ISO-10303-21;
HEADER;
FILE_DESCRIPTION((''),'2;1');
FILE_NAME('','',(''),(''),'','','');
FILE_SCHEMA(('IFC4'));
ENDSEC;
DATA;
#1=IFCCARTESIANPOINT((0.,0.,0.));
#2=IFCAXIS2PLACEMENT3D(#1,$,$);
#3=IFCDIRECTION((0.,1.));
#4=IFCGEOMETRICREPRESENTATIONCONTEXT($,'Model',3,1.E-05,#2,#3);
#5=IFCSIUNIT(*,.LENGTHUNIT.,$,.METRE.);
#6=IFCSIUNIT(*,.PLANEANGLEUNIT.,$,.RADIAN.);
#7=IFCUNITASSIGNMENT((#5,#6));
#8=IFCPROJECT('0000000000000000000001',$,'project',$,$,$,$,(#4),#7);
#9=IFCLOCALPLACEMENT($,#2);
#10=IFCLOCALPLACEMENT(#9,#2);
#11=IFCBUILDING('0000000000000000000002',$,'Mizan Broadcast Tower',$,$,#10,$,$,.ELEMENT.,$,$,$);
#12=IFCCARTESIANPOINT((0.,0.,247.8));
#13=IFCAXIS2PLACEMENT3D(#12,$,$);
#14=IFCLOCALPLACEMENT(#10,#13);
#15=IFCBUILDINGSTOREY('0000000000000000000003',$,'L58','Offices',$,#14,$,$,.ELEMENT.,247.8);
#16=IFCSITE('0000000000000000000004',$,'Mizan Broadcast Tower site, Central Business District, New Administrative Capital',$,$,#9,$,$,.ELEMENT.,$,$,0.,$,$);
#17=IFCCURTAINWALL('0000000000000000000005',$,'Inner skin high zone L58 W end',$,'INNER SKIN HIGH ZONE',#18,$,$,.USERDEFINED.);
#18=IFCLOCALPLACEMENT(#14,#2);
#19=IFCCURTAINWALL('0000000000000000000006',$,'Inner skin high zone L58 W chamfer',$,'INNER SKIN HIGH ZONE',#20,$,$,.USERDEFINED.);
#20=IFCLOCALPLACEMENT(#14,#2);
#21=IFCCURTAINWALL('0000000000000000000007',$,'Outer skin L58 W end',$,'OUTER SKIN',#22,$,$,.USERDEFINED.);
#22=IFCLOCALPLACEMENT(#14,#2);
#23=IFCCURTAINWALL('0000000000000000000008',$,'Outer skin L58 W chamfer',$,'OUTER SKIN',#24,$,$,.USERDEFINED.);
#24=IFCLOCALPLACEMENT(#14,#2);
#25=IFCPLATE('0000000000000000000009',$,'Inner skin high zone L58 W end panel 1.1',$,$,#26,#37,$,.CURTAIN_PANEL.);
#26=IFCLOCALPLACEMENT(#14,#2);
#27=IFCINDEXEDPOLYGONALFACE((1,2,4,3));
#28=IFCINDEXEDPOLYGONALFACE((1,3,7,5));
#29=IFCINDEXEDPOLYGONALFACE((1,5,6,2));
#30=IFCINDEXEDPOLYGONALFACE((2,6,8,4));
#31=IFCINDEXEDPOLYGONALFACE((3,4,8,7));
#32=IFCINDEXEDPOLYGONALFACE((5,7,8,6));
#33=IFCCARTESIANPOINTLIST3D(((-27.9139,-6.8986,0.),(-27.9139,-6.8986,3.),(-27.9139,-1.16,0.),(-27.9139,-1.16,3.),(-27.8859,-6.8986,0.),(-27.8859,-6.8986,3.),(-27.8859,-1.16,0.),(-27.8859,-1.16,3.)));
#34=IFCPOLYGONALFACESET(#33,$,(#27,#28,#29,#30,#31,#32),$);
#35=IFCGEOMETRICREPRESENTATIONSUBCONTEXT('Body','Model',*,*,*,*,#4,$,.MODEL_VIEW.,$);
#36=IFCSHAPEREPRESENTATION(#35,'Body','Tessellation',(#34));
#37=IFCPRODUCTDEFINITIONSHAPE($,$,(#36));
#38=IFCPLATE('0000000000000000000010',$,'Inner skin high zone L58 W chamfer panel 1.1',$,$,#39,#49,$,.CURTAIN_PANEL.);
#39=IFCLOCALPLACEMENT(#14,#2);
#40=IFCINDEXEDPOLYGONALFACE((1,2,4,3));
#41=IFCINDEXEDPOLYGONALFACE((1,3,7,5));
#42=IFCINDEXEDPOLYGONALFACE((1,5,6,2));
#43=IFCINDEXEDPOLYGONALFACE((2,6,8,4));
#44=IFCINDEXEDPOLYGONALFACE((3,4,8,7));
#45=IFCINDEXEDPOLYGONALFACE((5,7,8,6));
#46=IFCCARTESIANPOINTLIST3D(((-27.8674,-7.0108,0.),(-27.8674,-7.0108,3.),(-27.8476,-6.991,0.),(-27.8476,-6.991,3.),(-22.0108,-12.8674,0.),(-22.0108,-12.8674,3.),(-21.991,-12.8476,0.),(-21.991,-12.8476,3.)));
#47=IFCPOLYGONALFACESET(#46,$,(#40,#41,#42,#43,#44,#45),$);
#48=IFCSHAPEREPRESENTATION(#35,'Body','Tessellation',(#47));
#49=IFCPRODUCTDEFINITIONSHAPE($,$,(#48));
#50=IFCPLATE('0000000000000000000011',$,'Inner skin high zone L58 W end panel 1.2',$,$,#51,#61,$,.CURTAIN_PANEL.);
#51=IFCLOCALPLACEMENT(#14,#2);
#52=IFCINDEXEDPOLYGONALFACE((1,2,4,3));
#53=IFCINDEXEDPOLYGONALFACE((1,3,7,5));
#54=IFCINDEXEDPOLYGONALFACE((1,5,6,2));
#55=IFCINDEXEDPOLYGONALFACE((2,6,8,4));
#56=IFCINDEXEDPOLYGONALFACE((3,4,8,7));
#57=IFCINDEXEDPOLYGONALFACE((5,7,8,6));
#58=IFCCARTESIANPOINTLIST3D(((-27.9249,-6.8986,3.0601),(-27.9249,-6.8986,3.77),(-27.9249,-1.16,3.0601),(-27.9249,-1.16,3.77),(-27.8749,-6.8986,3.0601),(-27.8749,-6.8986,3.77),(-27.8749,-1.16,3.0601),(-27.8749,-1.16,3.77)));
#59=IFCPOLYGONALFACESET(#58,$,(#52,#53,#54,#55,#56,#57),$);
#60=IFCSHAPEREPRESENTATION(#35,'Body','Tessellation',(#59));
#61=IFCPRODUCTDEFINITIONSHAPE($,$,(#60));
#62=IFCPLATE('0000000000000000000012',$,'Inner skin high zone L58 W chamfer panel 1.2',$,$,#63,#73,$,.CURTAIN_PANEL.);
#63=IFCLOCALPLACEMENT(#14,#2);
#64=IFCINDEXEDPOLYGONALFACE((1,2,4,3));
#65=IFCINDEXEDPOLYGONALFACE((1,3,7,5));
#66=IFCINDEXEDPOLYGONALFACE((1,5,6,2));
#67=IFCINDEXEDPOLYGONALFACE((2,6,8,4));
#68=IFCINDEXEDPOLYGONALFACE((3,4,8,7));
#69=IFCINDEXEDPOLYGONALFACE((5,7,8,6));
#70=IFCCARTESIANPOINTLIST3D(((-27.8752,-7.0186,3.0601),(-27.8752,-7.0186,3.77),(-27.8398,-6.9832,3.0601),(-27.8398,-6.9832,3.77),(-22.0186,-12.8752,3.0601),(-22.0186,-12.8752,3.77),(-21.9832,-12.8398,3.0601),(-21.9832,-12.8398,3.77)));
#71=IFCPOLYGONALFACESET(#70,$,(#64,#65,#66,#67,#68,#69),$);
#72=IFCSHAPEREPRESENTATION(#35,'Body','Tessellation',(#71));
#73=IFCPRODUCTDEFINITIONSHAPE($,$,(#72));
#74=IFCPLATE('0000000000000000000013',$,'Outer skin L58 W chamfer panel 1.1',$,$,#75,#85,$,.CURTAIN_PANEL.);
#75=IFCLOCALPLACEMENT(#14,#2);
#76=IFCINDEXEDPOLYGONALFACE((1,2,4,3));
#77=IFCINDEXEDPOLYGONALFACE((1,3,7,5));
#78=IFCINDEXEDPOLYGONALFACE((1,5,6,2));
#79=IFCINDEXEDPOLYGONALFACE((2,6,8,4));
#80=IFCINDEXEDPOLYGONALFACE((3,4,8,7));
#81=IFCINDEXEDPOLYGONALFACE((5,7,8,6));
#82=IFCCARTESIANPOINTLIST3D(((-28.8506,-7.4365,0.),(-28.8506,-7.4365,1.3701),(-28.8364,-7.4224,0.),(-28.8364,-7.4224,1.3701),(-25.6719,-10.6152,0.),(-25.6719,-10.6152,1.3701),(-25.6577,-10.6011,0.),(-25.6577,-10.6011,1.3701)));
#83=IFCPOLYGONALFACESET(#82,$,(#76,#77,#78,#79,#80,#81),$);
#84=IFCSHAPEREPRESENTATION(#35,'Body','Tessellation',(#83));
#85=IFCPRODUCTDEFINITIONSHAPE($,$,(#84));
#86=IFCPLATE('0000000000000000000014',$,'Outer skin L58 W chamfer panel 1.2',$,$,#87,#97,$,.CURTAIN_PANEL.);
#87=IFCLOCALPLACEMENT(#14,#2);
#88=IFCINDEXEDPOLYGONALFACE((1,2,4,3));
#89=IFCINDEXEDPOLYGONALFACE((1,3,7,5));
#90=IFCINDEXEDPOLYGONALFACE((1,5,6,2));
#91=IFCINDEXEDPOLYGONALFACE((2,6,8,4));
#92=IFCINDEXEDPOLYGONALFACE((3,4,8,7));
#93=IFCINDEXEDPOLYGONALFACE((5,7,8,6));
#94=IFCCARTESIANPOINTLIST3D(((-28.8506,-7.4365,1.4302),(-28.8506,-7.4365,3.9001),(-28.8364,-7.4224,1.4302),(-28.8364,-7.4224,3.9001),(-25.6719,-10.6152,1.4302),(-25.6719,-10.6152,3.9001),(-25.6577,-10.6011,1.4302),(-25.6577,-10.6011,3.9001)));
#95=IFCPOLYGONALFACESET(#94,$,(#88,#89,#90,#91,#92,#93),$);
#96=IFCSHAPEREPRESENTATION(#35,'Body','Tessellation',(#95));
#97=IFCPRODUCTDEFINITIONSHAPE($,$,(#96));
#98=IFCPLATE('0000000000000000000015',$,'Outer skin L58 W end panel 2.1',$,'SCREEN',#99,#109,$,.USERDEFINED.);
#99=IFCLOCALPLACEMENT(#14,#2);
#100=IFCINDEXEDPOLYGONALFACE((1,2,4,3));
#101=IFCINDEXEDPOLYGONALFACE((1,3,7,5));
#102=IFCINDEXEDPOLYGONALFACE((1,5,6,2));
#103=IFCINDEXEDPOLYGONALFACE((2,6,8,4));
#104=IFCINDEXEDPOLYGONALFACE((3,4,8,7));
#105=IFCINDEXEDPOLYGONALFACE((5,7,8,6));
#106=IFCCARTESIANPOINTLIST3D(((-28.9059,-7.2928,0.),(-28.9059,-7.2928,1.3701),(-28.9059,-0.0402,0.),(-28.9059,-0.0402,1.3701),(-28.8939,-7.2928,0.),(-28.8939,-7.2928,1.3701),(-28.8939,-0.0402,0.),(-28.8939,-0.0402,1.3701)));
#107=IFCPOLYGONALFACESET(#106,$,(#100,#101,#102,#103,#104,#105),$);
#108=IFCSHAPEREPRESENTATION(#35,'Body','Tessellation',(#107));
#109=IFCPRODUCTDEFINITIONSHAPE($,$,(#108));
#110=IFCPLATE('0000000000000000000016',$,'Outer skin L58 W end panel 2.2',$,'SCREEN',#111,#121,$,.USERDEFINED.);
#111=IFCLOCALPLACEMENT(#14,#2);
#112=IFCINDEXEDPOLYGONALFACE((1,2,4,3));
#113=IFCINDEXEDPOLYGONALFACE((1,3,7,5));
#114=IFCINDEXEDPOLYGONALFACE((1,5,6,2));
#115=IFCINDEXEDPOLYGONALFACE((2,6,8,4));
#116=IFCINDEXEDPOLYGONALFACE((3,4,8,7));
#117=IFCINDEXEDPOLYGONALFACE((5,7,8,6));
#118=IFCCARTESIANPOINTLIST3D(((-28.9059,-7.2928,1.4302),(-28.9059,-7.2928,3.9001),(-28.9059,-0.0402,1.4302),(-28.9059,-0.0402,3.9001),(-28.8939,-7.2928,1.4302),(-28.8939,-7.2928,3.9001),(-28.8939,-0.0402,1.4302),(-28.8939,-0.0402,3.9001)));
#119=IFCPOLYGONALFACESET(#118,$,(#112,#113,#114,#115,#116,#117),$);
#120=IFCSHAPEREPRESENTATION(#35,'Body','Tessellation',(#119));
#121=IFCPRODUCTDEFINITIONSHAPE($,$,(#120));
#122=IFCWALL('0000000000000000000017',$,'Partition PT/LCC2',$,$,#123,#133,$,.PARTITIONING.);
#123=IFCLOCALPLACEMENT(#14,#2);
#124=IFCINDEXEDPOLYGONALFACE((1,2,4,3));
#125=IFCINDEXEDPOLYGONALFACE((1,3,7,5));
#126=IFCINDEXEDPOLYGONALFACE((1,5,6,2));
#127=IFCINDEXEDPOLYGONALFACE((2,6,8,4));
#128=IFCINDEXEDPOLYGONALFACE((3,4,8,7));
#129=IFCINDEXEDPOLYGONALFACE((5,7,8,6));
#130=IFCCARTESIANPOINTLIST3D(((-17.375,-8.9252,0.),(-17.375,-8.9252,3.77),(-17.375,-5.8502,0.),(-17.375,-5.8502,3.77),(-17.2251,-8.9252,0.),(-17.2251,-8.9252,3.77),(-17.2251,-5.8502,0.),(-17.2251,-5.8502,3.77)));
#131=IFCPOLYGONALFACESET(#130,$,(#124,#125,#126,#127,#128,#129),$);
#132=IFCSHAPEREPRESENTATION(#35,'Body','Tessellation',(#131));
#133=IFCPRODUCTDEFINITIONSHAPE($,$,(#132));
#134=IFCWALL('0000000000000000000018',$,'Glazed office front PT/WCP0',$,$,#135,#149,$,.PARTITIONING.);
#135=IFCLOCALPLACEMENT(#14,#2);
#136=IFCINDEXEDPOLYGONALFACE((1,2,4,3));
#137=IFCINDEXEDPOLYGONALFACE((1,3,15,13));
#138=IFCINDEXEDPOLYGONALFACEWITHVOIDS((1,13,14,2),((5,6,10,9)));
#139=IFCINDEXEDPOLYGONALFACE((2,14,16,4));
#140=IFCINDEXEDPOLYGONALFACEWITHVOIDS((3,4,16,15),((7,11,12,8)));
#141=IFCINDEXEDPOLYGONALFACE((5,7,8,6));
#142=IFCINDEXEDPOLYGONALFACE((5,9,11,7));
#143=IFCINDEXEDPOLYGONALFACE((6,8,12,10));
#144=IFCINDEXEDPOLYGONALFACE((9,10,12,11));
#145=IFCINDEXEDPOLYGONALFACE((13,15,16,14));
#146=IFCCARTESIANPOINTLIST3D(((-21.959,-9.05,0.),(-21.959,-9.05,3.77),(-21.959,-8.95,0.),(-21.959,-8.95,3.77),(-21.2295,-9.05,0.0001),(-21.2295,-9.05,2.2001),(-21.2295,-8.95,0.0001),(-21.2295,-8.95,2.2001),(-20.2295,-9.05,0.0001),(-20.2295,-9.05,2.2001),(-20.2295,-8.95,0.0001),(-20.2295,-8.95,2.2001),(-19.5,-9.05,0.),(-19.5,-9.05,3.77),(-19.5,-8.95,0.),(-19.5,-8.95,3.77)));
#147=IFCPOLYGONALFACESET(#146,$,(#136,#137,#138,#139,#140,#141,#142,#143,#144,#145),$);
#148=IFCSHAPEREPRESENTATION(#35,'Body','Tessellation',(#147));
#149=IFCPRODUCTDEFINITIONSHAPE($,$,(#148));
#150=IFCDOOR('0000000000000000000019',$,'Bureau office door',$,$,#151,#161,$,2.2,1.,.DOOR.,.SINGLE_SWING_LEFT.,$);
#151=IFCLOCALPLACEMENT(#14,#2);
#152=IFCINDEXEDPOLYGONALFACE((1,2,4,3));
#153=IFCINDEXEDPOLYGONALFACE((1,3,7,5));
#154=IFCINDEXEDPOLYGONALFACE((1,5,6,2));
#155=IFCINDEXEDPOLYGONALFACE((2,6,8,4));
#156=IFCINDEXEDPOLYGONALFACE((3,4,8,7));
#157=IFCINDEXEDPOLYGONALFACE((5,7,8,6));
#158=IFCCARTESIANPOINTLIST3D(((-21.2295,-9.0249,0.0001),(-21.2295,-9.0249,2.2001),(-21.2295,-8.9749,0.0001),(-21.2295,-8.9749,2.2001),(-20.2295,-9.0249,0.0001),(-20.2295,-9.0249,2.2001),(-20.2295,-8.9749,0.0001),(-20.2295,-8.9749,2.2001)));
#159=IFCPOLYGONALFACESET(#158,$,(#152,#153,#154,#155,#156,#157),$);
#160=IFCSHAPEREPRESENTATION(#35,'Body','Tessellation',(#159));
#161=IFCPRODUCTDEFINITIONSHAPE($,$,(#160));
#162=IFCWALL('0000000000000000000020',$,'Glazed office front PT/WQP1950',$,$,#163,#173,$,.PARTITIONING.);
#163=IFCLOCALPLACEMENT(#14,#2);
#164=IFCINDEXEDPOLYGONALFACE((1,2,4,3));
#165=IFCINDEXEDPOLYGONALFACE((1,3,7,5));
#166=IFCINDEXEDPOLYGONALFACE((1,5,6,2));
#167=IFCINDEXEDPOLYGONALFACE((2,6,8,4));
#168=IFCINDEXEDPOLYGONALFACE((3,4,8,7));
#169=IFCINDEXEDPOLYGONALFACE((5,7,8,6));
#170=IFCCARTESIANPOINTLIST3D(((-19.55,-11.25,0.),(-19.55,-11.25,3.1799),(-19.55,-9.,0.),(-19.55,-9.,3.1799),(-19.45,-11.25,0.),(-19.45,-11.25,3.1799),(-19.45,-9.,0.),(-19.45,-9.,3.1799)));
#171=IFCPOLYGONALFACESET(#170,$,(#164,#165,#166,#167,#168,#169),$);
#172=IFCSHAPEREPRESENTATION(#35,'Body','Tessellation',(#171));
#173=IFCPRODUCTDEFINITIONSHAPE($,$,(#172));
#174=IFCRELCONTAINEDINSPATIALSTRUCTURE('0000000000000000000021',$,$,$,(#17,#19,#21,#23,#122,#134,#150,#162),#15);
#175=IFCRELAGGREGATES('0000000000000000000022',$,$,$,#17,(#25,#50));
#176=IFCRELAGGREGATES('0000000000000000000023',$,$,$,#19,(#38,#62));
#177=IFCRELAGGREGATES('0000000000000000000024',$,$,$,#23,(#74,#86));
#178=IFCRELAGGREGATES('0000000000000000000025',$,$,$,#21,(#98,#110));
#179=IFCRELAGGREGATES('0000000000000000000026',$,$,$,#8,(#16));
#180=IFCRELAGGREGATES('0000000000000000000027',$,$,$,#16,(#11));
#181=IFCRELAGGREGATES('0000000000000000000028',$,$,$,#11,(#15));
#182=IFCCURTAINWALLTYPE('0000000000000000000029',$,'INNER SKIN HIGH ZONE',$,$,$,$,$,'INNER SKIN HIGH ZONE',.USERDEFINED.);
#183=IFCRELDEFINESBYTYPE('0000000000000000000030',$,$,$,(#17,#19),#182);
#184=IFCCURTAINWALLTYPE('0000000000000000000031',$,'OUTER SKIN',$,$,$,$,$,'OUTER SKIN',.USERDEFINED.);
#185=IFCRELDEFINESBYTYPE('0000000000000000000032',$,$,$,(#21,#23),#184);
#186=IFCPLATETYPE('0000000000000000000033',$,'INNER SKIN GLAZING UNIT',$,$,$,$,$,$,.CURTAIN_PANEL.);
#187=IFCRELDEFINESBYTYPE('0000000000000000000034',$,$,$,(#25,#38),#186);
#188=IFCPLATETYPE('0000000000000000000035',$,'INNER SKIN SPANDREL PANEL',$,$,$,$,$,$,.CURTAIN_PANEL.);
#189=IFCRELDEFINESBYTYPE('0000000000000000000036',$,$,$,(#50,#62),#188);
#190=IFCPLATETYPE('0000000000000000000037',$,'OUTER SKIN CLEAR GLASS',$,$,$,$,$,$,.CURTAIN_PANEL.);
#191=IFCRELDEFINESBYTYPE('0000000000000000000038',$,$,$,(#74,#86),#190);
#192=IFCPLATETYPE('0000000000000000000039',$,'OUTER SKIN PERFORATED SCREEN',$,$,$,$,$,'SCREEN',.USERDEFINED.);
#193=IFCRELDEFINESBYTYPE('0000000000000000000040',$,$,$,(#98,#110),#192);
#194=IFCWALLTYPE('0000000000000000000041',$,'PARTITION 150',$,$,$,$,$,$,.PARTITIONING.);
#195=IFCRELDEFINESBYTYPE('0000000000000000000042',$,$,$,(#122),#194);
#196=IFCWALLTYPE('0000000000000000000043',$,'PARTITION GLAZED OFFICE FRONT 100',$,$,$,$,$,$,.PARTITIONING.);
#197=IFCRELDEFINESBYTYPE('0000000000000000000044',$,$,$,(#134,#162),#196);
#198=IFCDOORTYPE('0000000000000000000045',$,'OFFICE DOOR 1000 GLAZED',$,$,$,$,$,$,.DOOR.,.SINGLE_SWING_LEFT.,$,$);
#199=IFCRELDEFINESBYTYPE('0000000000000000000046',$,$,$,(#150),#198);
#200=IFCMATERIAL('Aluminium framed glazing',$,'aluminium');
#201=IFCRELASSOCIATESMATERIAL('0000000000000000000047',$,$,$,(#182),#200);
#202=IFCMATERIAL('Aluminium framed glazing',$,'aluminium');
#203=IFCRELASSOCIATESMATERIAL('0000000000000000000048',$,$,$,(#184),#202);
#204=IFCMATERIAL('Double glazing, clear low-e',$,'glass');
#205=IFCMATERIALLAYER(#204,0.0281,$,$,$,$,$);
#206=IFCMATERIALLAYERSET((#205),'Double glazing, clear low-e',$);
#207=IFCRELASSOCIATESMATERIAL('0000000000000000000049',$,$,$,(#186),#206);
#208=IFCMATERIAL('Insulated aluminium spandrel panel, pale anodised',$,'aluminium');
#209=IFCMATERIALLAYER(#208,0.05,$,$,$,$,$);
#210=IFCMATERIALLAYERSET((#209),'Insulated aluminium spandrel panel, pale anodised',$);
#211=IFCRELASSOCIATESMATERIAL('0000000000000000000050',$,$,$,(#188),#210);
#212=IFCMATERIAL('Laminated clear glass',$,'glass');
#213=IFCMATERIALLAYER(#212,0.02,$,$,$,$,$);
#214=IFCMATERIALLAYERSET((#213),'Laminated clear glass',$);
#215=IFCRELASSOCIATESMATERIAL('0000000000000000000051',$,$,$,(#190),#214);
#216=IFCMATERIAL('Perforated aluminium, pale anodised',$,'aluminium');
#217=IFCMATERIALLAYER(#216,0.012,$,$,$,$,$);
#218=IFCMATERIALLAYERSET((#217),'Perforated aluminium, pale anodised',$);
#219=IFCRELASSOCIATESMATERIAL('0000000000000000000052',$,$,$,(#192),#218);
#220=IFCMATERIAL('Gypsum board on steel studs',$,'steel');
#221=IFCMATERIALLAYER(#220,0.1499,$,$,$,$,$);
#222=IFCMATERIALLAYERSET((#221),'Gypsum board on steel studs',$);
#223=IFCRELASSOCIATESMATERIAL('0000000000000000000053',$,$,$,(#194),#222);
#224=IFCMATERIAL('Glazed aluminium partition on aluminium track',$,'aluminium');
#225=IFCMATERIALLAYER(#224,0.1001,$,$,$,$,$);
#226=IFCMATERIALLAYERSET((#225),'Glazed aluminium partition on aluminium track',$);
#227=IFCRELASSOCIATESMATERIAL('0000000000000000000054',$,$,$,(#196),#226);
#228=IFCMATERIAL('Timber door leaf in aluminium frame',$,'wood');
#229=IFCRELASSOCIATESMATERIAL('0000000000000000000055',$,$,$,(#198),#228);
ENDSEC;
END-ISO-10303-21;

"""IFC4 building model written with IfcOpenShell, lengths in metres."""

from ifc_helpers import new_model, si_unit, direction, frame, frame_2d, origin, origin_2d, place, context, subcontext, project, spatial, rectangle, extrude, material, layer, layer_set, type_object, element, fill, aggregate, save


model = new_model("IFC4")

# Units and contexts
model_context = context("Model", 3, precision=1e-05, world=origin(), true_north=direction((0.0, 1.0)))
body_context = subcontext(model_context, "Body", "Model", "MODEL_VIEW")
ifc_project = project(units=[si_unit("LENGTHUNIT", "METRE"), si_unit("PLANEANGLEUNIT", "RADIAN")], contexts=[model_context])

# Site, building, storey
site_placement = place(None, origin())
site = spatial("IfcSite", under=ifc_project, at=site_placement, Name="Mizan Broadcast Tower site, Central Business District, New Administrative Capital", CompositionType="ELEMENT", RefElevation=0.0)
building_placement = place(site_placement, origin())
building = spatial("IfcBuilding", under=site, at=building_placement, Name="Mizan Broadcast Tower", CompositionType="ELEMENT")
storey_placement = place(building_placement, frame((0.0, 0.0, 247.8)))
storey = spatial("IfcBuildingStorey", under=building, at=storey_placement, Name="L58", Description="Offices", CompositionType="ELEMENT", Elevation=247.8)

# Curtain wall
ifc_material_1 = material(Name="Aluminium framed glazing", Category="aluminium")
curtain_wall_type_1 = type_object("IfcCurtainWallType", Name="INNER SKIN HIGH ZONE", ElementType="INNER SKIN HIGH ZONE", PredefinedType="USERDEFINED", material=ifc_material_1)
curtain_wall_1_placement = place(storey_placement, origin())
curtain_wall_1 = element("IfcCurtainWall", 1, at=curtain_wall_1_placement, inside=storey, type_object=curtain_wall_type_1, Name="Inner skin high zone L58 W end", ObjectType="INNER SKIN HIGH ZONE", PredefinedType="USERDEFINED")

# Curtain wall
curtain_wall_2_placement = place(storey_placement, origin())
curtain_wall_2 = element("IfcCurtainWall", 2, at=curtain_wall_2_placement, inside=storey, type_object=curtain_wall_type_1, Name="Inner skin high zone L58 W chamfer", ObjectType="INNER SKIN HIGH ZONE", PredefinedType="USERDEFINED")

# Curtain wall
ifc_material_2 = material(Name="Aluminium framed glazing", Category="aluminium")
curtain_wall_type_2 = type_object("IfcCurtainWallType", Name="OUTER SKIN", ElementType="OUTER SKIN", PredefinedType="USERDEFINED", material=ifc_material_2)
curtain_wall_3_placement = place(storey_placement, origin())
curtain_wall_3 = element("IfcCurtainWall", 3, at=curtain_wall_3_placement, inside=storey, type_object=curtain_wall_type_2, Name="Outer skin L58 W end", ObjectType="OUTER SKIN", PredefinedType="USERDEFINED")

# Curtain wall
curtain_wall_4_placement = place(storey_placement, origin())
curtain_wall_4 = element("IfcCurtainWall", 4, at=curtain_wall_4_placement, inside=storey, type_object=curtain_wall_type_2, Name="Outer skin L58 W chamfer", ObjectType="OUTER SKIN", PredefinedType="USERDEFINED")

# Plates
ifc_material_3 = material(Name="Double glazing, clear low-e", Category="glass")
ifc_layer_1 = layer(ifc_material_3, 0.0281)
ifc_layer_set_1 = layer_set([ifc_layer_1], Name="Double glazing, clear low-e")
plate_type_1 = type_object("IfcPlateType", Name="INNER SKIN GLAZING UNIT", PredefinedType="CURTAIN_PANEL", material=ifc_layer_set_1)
plate_1_placement = place(storey_placement, frame((-27.8999, -4.0293, 0.0), z_axis=(0.0, 0.0, 1.0), x_axis=(0.0, -1.0, 0.0)))
plate_1 = element("IfcPlate", 5, at=plate_1_placement, type_object=plate_type_1, Name="Inner skin high zone L58 W end panel 1.1", PredefinedType="CURTAIN_PANEL", context=body_context, shape_type="SweptSolid", body=[
    extrude(rectangle(XDim=5.7385, YDim=0.0281, at=origin_2d()), origin(), (0.0, 0.0, 1.0), 3.0),
])
plate_2_placement = place(storey_placement, frame((-24.9292, -9.9292, 0.0), z_axis=(0.0, 0.0, 1.0), x_axis=(0.707107, -0.707107, 0.0)))
plate_2 = element("IfcPlate", 6, at=plate_2_placement, type_object=plate_type_1, Name="Inner skin high zone L58 W chamfer panel 1.1", PredefinedType="CURTAIN_PANEL", context=body_context, shape_type="SweptSolid", body=[
    extrude(rectangle(XDim=8.2825, YDim=0.0281, at=origin_2d()), origin(), (0.0, 0.0, 1.0), 3.0),
])
ifc_material_4 = material(Name="Insulated aluminium spandrel panel, pale anodised", Category="aluminium")
ifc_layer_2 = layer(ifc_material_4, 0.05)
ifc_layer_set_2 = layer_set([ifc_layer_2], Name="Insulated aluminium spandrel panel, pale anodised")
plate_type_2 = type_object("IfcPlateType", Name="INNER SKIN SPANDREL PANEL", PredefinedType="CURTAIN_PANEL", material=ifc_layer_set_2)
plate_3_placement = place(storey_placement, frame((-27.8999, -4.0293, 3.0601), z_axis=(0.0, 0.0, 1.0), x_axis=(0.0, -1.0, 0.0)))
plate_3 = element("IfcPlate", 7, at=plate_3_placement, type_object=plate_type_2, Name="Inner skin high zone L58 W end panel 1.2", PredefinedType="CURTAIN_PANEL", context=body_context, shape_type="SweptSolid", body=[
    extrude(rectangle(XDim=5.7385, YDim=0.05, at=origin_2d()), origin(), (0.0, 0.0, 1.0), 0.71),
])
aggregate(curtain_wall_1, [plate_1, plate_3])
plate_4_placement = place(storey_placement, frame((-24.9292, -9.9292, 3.0601), z_axis=(0.0, 0.0, 1.0), x_axis=(0.707107, -0.707107, 0.0)))
plate_4 = element("IfcPlate", 8, at=plate_4_placement, type_object=plate_type_2, Name="Inner skin high zone L58 W chamfer panel 1.2", PredefinedType="CURTAIN_PANEL", context=body_context, shape_type="SweptSolid", body=[
    extrude(rectangle(XDim=8.2825, YDim=0.05, at=origin_2d()), origin(), (0.0, 0.0, 1.0), 0.71),
])
aggregate(curtain_wall_2, [plate_2, plate_4])
ifc_material_5 = material(Name="Laminated clear glass", Category="glass")
ifc_layer_3 = layer(ifc_material_5, 0.02)
ifc_layer_set_3 = layer_set([ifc_layer_3], Name="Laminated clear glass")
plate_type_3 = type_object("IfcPlateType", Name="OUTER SKIN CLEAR GLASS", PredefinedType="CURTAIN_PANEL", material=ifc_layer_set_3)
plate_5_placement = place(storey_placement, frame((-27.2542, -9.0188, 0.0), z_axis=(0.0, 0.0, 1.0), x_axis=(0.707107, -0.707107, 0.0)))
plate_5 = element("IfcPlate", 9, at=plate_5_placement, type_object=plate_type_3, Name="Outer skin L58 W chamfer panel 1.1", PredefinedType="CURTAIN_PANEL", context=body_context, shape_type="SweptSolid", body=[
    extrude(rectangle(XDim=4.4954, YDim=0.02, at=origin_2d()), origin(), (0.0, 0.0, 1.0), 1.3701),
])
plate_6_placement = place(storey_placement, frame((-27.2542, -9.0188, 1.4302), z_axis=(0.0, 0.0, 1.0), x_axis=(0.707107, -0.707107, 0.0)))
plate_6 = element("IfcPlate", 10, at=plate_6_placement, type_object=plate_type_3, Name="Outer skin L58 W chamfer panel 1.2", PredefinedType="CURTAIN_PANEL", context=body_context, shape_type="SweptSolid", body=[
    extrude(rectangle(XDim=4.4954, YDim=0.02, at=origin_2d()), origin(), (0.0, 0.0, 1.0), 2.47),
])
aggregate(curtain_wall_4, [plate_5, plate_6])
ifc_material_6 = material(Name="Perforated aluminium, pale anodised", Category="aluminium")
ifc_layer_4 = layer(ifc_material_6, 0.012)
ifc_layer_set_4 = layer_set([ifc_layer_4], Name="Perforated aluminium, pale anodised")
plate_type_4 = type_object("IfcPlateType", Name="OUTER SKIN PERFORATED SCREEN", ElementType="SCREEN", PredefinedType="USERDEFINED", material=ifc_layer_set_4)
plate_7_placement = place(storey_placement, frame((-28.8999, -3.6665, 0.0), z_axis=(0.0, 0.0, 1.0), x_axis=(0.0, -1.0, 0.0)))
plate_7 = element("IfcPlate", 11, at=plate_7_placement, type_object=plate_type_4, Name="Outer skin L58 W end panel 2.1", ObjectType="SCREEN", PredefinedType="USERDEFINED", context=body_context, shape_type="SweptSolid", body=[
    extrude(rectangle(XDim=7.2527, YDim=0.012, at=origin_2d()), origin(), (0.0, 0.0, 1.0), 1.3701),
])
plate_8_placement = place(storey_placement, frame((-28.8999, -3.6665, 1.4302), z_axis=(0.0, 0.0, 1.0), x_axis=(0.0, -1.0, 0.0)))
plate_8 = element("IfcPlate", 12, at=plate_8_placement, type_object=plate_type_4, Name="Outer skin L58 W end panel 2.2", ObjectType="SCREEN", PredefinedType="USERDEFINED", context=body_context, shape_type="SweptSolid", body=[
    extrude(rectangle(XDim=7.2527, YDim=0.012, at=origin_2d()), origin(), (0.0, 0.0, 1.0), 2.47),
])
aggregate(curtain_wall_3, [plate_7, plate_8])

# Wall
ifc_material_7 = material(Name="Gypsum board on steel studs", Category="steel")
ifc_layer_5 = layer(ifc_material_7, 0.1499)
ifc_layer_set_5 = layer_set([ifc_layer_5], Name="Gypsum board on steel studs")
wall_type_1 = type_object("IfcWallType", Name="PARTITION 150", PredefinedType="PARTITIONING", material=ifc_layer_set_5)
wall_1_placement = place(storey_placement, frame((-17.3, -5.8501, 0.0), z_axis=(0.0, 0.0, 1.0), x_axis=(0.0, -1.0, 0.0)))
element("IfcWall", 13, at=wall_1_placement, inside=storey, type_object=wall_type_1, Name="Partition PT/LCC2", PredefinedType="PARTITIONING", context=body_context, shape_type="SweptSolid", body=[
    extrude(rectangle(XDim=3.075, YDim=0.1499, at=frame_2d((1.5376, 0.0))), origin(), (0.0, 0.0, 1.0), 3.77),
])

# Wall, opening, door
ifc_material_8 = material(Name="Glazed aluminium partition on aluminium track", Category="aluminium")
ifc_layer_6 = layer(ifc_material_8, 0.1001)
ifc_layer_set_6 = layer_set([ifc_layer_6], Name="Glazed aluminium partition on aluminium track")
wall_type_2 = type_object("IfcWallType", Name="PARTITION GLAZED OFFICE FRONT 100", PredefinedType="PARTITIONING", material=ifc_layer_set_6)
wall_2_placement = place(storey_placement, frame((-19.5, -9.0, 0.0), z_axis=(0.0, 0.0, 1.0), x_axis=(-1.0, 0.0, 0.0)))
wall_2 = element("IfcWall", 14, at=wall_2_placement, inside=storey, type_object=wall_type_2, Name="Glazed office front PT/WCP0", PredefinedType="PARTITIONING", context=body_context, shape_type="SweptSolid", body=[
    extrude(rectangle(XDim=2.459, YDim=0.1001, at=frame_2d((1.2295, 0.0))), origin(), (0.0, 0.0, 1.0), 3.77),
])
opening_placement = place(wall_2_placement, frame((0.7295, 0.0, 0.0)))
opening = element("IfcOpeningElement", 15, at=opening_placement, cuts=wall_2, PredefinedType="OPENING", context=body_context, shape_type="SweptSolid", body=[
    extrude(rectangle(XDim=1.0, YDim=2.2, at=frame_2d((0.5, 1.1001))), frame((0.0, 0.0601, 0.0), z_axis=(0.0, -1.0, 0.0), x_axis=(1.0, 0.0, 0.0)), (0.0, 0.0, 1.0), 0.1201),
])
ifc_material_9 = material(Name="Timber door leaf in aluminium frame", Category="wood")
door_type = type_object("IfcDoorType", Name="OFFICE DOOR 1000 GLAZED", OperationType="SINGLE_SWING_LEFT", PredefinedType="DOOR", material=ifc_material_9)
door_placement = place(opening_placement, origin())
door = element("IfcDoor", 16, at=door_placement, inside=storey, type_object=door_type, Name="Bureau office door", OperationType="SINGLE_SWING_LEFT", OverallHeight=2.2, OverallWidth=1.0, PredefinedType="DOOR", context=body_context, shape_type="SweptSolid", body=[
    extrude(rectangle(XDim=1.0, YDim=2.2, at=frame_2d((0.5, 1.1001))), frame((0.0, 0.0249, 0.0), z_axis=(0.0, -1.0, 0.0), x_axis=(1.0, 0.0, 0.0)), (0.0, 0.0, 1.0), 0.05),
])
fill(opening, door)

# Wall
wall_3_placement = place(storey_placement, frame((-19.5, -9.0, 0.0), z_axis=(0.0, 0.0, 1.0), x_axis=(0.0, -1.0, 0.0)))
element("IfcWall", 17, at=wall_3_placement, inside=storey, type_object=wall_type_2, Name="Glazed office front PT/WQP1950", PredefinedType="PARTITIONING", context=body_context, shape_type="SweptSolid", body=[
    extrude(rectangle(XDim=2.25, YDim=0.1001, at=frame_2d((1.125, 0.0))), origin(), (0.0, 0.0, 1.0), 3.1799),
])

save(model, "model.ifc")
